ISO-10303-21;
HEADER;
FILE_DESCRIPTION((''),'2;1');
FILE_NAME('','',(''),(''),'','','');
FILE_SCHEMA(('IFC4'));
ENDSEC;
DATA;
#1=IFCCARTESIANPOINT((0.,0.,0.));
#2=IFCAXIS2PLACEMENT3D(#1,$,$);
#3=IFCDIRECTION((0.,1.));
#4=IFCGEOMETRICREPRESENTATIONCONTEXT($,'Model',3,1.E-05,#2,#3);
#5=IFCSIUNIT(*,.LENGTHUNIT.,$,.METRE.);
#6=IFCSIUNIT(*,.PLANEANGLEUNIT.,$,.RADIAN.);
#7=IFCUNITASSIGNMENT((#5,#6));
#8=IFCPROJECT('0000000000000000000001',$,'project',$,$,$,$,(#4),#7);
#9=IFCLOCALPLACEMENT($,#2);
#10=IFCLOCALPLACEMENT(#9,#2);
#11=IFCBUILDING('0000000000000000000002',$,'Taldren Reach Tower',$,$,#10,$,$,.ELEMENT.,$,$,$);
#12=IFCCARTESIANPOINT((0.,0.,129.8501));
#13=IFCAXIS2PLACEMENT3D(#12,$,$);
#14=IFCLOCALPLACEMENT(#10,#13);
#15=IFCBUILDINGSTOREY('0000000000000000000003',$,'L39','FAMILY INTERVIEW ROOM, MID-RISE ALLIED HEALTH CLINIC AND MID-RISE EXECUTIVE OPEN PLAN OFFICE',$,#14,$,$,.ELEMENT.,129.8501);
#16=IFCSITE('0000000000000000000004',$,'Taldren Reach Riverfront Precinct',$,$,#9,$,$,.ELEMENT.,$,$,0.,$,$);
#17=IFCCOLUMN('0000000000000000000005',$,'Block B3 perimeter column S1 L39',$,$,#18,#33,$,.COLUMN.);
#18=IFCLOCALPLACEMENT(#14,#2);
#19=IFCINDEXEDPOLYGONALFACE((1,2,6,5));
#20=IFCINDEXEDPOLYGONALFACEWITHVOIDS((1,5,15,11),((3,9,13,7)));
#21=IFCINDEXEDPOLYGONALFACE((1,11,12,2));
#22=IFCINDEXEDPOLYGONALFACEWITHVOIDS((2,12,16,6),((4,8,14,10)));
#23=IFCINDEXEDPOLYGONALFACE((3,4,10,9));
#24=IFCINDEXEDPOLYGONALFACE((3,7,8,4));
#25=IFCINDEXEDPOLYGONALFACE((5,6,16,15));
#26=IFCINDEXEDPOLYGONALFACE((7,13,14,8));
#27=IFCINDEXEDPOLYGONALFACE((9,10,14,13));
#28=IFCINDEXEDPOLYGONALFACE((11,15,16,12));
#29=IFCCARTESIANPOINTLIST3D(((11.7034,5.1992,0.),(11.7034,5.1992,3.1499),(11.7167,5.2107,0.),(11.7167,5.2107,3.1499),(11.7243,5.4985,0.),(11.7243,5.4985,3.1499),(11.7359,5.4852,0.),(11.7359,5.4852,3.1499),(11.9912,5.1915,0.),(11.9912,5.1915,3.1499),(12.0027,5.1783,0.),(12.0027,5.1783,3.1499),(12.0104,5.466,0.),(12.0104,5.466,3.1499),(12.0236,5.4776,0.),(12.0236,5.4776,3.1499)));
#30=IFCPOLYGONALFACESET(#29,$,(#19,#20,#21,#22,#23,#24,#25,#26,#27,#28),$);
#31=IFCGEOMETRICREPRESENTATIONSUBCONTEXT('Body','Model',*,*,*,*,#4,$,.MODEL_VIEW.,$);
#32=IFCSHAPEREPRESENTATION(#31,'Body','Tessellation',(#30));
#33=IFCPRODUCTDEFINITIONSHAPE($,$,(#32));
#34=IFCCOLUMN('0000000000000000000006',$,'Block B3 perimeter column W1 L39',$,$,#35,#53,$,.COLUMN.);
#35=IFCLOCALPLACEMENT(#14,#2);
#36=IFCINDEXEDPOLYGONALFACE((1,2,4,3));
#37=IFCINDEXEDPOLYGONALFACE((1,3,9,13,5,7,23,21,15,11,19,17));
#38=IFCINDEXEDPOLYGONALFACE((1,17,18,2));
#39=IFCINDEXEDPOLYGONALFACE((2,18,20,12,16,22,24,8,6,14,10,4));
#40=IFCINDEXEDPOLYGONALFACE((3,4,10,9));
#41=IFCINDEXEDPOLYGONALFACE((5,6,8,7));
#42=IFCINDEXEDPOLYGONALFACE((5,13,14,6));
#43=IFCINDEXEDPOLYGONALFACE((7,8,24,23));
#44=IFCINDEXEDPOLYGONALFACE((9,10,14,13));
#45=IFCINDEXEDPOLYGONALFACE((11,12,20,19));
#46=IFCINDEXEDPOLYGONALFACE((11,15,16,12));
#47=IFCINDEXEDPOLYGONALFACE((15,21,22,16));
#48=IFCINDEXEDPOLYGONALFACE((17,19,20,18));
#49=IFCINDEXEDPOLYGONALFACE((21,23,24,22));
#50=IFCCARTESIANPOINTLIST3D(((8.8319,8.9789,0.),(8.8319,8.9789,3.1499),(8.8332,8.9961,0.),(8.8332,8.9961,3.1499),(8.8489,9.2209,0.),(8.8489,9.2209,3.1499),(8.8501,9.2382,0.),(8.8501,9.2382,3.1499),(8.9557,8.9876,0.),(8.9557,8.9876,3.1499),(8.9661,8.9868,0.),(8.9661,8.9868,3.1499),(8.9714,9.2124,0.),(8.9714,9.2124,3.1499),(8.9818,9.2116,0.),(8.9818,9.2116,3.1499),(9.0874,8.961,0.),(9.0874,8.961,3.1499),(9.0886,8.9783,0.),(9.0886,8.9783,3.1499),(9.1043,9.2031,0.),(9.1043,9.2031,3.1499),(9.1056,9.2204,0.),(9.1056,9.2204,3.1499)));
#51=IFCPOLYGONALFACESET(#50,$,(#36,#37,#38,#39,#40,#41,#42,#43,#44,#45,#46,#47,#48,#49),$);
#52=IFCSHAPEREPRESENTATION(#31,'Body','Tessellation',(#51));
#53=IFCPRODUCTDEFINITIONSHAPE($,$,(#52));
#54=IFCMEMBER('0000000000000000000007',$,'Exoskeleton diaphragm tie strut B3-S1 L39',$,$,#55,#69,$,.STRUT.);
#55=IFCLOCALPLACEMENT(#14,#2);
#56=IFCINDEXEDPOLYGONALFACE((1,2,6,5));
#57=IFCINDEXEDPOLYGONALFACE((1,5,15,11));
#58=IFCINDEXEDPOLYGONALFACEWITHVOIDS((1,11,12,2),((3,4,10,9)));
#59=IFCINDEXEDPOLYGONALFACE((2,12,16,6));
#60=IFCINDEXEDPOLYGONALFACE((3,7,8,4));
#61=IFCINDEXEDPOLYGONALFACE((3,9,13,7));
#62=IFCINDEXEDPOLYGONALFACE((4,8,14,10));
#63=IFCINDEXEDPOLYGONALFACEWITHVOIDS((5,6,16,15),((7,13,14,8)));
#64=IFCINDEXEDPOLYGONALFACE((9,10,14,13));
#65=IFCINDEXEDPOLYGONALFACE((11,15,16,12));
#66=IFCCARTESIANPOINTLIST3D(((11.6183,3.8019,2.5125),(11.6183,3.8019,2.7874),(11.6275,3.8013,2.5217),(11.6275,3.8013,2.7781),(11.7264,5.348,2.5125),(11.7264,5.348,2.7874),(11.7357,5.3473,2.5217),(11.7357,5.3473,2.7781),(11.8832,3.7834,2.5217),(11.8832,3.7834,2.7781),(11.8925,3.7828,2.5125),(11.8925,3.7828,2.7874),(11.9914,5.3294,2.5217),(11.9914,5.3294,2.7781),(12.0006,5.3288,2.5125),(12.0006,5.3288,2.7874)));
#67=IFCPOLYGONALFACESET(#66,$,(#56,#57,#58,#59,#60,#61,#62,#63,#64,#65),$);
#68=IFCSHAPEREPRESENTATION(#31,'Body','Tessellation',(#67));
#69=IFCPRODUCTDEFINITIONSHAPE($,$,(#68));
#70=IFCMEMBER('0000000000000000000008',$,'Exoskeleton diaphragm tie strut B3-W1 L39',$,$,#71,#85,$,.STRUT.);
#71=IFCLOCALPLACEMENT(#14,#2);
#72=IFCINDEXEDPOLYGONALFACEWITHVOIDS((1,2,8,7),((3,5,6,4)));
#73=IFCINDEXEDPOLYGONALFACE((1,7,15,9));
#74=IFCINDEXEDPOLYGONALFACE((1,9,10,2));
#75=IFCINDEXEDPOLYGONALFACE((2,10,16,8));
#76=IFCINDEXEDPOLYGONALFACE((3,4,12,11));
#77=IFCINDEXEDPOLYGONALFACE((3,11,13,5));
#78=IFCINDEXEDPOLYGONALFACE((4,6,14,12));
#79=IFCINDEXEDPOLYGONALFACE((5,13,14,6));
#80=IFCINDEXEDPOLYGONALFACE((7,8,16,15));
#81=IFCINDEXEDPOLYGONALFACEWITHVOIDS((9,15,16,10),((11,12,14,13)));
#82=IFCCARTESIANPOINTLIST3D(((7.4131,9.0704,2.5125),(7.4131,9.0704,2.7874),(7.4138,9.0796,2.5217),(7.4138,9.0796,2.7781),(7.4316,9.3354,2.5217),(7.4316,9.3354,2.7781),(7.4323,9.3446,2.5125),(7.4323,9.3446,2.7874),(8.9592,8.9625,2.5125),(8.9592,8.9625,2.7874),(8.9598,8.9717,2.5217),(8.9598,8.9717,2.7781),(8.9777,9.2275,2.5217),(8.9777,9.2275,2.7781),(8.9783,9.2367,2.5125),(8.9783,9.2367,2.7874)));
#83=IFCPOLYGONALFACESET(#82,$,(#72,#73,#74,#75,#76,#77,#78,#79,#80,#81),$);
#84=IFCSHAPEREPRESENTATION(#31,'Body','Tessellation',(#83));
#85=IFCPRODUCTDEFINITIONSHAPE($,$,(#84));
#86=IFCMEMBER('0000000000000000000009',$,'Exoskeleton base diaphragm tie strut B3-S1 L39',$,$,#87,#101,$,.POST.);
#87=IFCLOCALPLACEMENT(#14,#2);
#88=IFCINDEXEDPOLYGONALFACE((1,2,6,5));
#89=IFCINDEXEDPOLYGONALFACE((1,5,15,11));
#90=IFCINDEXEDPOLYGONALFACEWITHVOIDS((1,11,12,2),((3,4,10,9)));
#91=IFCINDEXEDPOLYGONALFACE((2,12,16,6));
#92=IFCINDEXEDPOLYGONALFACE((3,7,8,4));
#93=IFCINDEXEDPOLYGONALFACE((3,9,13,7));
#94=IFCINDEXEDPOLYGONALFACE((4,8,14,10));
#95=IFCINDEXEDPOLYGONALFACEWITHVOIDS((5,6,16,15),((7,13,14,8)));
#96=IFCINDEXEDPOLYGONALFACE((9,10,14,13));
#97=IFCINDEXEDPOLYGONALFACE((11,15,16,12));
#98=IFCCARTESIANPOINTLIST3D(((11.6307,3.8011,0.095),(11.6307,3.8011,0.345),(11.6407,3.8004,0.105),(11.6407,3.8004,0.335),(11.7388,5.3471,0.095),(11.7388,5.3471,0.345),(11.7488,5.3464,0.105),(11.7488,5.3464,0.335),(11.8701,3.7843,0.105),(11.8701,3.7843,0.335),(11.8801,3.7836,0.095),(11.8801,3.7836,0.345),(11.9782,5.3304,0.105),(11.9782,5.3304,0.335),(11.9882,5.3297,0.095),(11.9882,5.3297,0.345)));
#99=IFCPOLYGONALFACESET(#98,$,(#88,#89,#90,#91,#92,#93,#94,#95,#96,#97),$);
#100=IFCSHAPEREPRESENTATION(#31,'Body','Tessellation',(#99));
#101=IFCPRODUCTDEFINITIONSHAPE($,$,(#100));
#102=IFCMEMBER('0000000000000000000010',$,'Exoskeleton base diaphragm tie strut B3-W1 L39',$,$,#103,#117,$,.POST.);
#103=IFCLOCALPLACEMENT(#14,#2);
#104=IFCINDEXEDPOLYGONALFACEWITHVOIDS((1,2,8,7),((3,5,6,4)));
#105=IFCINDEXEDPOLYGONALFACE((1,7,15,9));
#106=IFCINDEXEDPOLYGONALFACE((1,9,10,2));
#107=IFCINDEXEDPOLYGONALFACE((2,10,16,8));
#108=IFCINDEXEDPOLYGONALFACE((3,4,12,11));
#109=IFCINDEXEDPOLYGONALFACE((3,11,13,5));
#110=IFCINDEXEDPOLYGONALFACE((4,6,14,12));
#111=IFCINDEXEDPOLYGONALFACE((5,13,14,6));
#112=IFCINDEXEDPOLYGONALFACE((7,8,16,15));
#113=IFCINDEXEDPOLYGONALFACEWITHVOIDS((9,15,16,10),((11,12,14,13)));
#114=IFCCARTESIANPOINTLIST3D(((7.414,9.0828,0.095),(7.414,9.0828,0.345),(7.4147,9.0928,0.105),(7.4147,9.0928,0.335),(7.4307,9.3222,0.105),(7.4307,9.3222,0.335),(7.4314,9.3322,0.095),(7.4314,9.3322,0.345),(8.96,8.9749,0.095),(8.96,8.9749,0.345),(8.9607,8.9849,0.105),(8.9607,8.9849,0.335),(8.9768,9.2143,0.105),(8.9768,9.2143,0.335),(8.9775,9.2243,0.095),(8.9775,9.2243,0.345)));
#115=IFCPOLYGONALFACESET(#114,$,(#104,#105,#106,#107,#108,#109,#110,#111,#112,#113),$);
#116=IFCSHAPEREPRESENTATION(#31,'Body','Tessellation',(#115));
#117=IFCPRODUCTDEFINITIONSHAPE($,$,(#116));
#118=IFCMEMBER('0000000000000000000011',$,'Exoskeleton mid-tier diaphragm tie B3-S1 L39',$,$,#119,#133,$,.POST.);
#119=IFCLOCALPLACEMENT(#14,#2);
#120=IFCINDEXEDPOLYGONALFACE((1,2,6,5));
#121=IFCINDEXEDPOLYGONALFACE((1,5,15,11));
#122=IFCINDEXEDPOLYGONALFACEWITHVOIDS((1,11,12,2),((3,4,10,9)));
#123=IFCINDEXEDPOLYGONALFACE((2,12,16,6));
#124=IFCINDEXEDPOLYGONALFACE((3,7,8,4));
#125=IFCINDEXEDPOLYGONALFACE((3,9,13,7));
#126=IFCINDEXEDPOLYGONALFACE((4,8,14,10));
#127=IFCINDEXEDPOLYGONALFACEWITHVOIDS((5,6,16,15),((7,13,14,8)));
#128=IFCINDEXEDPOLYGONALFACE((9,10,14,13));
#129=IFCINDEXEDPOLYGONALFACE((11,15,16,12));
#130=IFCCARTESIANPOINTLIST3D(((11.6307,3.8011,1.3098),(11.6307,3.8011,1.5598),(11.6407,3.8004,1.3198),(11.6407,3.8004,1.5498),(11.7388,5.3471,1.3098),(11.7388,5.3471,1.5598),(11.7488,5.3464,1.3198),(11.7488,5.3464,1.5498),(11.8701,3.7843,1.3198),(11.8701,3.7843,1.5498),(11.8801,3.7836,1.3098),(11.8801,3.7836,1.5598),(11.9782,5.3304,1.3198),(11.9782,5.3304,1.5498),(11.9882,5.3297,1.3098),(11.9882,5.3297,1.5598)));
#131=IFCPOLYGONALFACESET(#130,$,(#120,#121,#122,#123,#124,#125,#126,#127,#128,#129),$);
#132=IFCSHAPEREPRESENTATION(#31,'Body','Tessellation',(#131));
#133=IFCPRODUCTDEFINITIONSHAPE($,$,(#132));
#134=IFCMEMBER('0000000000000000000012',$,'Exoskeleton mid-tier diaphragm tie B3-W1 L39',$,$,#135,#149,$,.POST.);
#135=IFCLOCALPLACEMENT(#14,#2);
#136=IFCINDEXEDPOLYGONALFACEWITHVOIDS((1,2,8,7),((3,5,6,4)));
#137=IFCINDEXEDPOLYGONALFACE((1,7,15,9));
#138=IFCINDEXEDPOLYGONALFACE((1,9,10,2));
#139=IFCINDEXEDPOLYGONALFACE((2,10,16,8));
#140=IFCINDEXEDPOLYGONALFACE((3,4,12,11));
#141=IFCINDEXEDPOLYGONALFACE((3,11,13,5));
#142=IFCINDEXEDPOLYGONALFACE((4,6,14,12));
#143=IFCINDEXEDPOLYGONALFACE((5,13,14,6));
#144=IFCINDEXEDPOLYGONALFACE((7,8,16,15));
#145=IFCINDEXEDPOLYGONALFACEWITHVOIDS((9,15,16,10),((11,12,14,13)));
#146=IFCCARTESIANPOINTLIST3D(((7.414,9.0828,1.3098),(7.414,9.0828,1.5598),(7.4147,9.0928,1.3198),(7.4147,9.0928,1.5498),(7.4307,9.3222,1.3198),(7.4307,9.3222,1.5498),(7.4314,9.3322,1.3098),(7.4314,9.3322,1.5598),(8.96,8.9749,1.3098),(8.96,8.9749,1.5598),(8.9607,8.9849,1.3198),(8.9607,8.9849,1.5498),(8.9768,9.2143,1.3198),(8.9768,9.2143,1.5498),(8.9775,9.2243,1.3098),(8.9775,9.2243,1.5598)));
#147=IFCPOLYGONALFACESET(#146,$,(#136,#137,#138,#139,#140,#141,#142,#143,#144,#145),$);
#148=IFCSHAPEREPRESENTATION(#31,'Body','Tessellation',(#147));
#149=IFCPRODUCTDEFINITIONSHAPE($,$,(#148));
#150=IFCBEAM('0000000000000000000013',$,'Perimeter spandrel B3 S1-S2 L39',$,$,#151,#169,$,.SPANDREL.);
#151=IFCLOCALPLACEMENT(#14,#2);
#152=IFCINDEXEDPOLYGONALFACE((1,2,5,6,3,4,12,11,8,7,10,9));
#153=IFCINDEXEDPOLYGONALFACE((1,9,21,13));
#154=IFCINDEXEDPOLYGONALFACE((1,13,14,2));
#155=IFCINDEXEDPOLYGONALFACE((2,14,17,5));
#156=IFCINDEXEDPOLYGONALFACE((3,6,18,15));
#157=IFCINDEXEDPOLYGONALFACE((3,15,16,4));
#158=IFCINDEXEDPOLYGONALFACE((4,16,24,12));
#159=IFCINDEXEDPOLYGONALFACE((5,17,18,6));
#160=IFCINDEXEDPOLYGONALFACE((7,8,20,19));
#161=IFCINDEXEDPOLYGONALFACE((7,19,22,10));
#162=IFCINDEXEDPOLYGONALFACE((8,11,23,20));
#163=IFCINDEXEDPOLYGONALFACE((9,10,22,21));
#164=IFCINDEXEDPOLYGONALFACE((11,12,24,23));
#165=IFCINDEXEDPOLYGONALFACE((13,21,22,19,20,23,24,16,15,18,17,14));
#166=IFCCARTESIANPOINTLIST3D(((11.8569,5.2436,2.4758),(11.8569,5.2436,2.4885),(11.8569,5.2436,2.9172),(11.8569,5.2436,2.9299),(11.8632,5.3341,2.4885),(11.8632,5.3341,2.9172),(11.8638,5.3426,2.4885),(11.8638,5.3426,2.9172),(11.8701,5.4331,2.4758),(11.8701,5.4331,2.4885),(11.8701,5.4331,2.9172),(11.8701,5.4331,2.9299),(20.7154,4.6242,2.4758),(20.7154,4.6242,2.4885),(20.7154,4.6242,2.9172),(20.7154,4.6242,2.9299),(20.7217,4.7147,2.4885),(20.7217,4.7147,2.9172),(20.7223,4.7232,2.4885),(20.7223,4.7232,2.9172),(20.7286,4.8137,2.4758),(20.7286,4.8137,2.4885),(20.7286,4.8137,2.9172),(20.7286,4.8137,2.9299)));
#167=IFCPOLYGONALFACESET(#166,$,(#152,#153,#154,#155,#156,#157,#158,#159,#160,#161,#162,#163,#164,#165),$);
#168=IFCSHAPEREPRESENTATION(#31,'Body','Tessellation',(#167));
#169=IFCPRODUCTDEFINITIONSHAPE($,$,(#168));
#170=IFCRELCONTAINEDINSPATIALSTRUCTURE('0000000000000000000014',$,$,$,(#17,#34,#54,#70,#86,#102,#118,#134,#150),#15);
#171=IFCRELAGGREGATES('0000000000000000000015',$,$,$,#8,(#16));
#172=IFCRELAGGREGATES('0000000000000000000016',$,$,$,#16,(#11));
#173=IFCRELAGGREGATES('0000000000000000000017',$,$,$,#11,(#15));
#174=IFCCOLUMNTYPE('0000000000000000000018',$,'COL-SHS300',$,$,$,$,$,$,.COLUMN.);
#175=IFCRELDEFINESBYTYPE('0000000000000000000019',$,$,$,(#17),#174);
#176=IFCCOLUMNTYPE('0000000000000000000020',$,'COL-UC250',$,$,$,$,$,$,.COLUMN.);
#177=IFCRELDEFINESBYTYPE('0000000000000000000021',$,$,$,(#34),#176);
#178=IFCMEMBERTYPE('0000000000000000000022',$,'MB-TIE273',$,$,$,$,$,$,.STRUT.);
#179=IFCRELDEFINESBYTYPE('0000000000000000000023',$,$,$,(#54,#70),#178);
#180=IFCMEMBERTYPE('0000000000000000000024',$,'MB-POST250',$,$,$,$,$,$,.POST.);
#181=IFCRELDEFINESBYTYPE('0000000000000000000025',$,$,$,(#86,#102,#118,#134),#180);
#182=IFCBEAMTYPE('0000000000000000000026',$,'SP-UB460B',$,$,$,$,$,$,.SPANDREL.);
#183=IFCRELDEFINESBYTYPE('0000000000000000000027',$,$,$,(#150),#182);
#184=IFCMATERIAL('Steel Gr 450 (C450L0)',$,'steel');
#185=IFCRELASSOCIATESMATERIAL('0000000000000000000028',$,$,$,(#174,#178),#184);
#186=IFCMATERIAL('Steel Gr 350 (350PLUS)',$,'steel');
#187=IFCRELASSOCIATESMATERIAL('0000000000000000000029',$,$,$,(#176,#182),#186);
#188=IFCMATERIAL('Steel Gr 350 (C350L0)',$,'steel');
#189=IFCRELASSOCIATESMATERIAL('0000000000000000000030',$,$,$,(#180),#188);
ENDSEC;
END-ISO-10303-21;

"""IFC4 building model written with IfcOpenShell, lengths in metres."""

from ifc_helpers import new_model, si_unit, direction, frame, origin, origin_2d, place, context, subcontext, project, spatial, hollow_rectangle, i_section, extrude, source, transform, mapped, material, material_profile, profile_set, type_object, element, save


model = new_model("IFC4")

# Units and contexts
model_context = context("Model", 3, precision=1e-05, world=origin(), true_north=direction((0.0, 1.0)))
body_context = subcontext(model_context, "Body", "Model", "MODEL_VIEW")
ifc_project = project(units=[si_unit("LENGTHUNIT", "METRE"), si_unit("PLANEANGLEUNIT", "RADIAN")], contexts=[model_context])

# Site, building, storey
site_placement = place(None, origin())
site = spatial("IfcSite", under=ifc_project, at=site_placement, Name="Taldren Reach Riverfront Precinct", CompositionType="ELEMENT", RefElevation=0.0)
building_placement = place(site_placement, origin())
building = spatial("IfcBuilding", under=site, at=building_placement, Name="Taldren Reach Tower", CompositionType="ELEMENT")
storey_placement = place(building_placement, frame((0.0, 0.0, 129.8501)))
storey = spatial("IfcBuildingStorey", under=building, at=storey_placement, Name="L39", Description="FAMILY INTERVIEW ROOM, MID-RISE ALLIED HEALTH CLINIC AND MID-RISE EXECUTIVE OPEN PLAN OFFICE", CompositionType="ELEMENT", Elevation=129.8501)

# Columns
ifc_material_1 = material(Name="Steel Gr 450 (C450L0)", Category="steel")
ifc_material_profile_1 = material_profile(ifc_material_1, hollow_rectangle(XDim=0.3, YDim=0.3, WallThickness=0.0125, at=origin_2d()), Name="300x300x12.5SHS")
ifc_profile_set_1 = profile_set([ifc_material_profile_1], Name="Steel Gr 450 (C450L0)")
column_type_1 = type_object("IfcColumnType", Name="COL-SHS300", PredefinedType="COLUMN", material=ifc_profile_set_1)
shared_shape_1 = source(origin(), body_context, "Body", "SweptSolid", [
    extrude(hollow_rectangle(XDim=0.3, YDim=0.3, WallThickness=0.0125, at=origin_2d()), origin(), (0.0, 0.0, 1.0), 3.1499),
])
column_1_placement = place(storey_placement, frame((11.8635, 5.3384, 0.0), z_axis=(0.0, 0.0, 1.0), x_axis=(0.997564, -0.069756, 0.0)))
element("IfcColumn", 1, at=column_1_placement, inside=storey, type_object=column_type_1, Name="Block B3 perimeter column S1 L39", PredefinedType="COLUMN", context=body_context, shape_type="MappedRepresentation", body=[
    mapped(shared_shape_1, transform((0.0, 0.0, 0.0), scale=1.0)),
])
ifc_material_2 = material(Name="Steel Gr 350 (350PLUS)", Category="steel")
ifc_material_profile_2 = material_profile(ifc_material_2, i_section(OverallWidth=0.2561, OverallDepth=0.26, WebThickness=0.0105, FlangeThickness=0.0173, at=origin_2d()), Name="250UC89.5")
ifc_profile_set_2 = profile_set([ifc_material_profile_2], Name="Steel Gr 350 (350PLUS)")
column_type_2 = type_object("IfcColumnType", Name="COL-UC250", PredefinedType="COLUMN", material=ifc_profile_set_2)
shared_shape_2 = source(origin(), body_context, "Body", "SweptSolid", [
    extrude(i_section(OverallWidth=0.2561, OverallDepth=0.26, WebThickness=0.0105, FlangeThickness=0.0173, at=origin_2d()), origin(), (0.0, 0.0, 1.0), 3.1499),
])
column_2_placement = place(storey_placement, frame((8.9688, 9.0996, 0.0), z_axis=(0.0, 0.0, 1.0), x_axis=(0.997564, -0.069756, 0.0)))
element("IfcColumn", 2, at=column_2_placement, inside=storey, type_object=column_type_2, Name="Block B3 perimeter column W1 L39", PredefinedType="COLUMN", context=body_context, shape_type="MappedRepresentation", body=[
    mapped(shared_shape_2, transform((0.0, 0.0, 0.0), scale=1.0)),
])

# Members
ifc_material_profile_3 = material_profile(ifc_material_1, hollow_rectangle(XDim=0.2749, YDim=0.2749, WallThickness=0.0093, at=origin_2d()), Name="275x275x9.3SHS")
ifc_profile_set_3 = profile_set([ifc_material_profile_3], Name="Steel Gr 450 (C450L0)")
member_type_1 = type_object("IfcMemberType", Name="MB-TIE273", PredefinedType="STRUT", material=ifc_profile_set_3)
shared_shape_3 = source(origin(), body_context, "Body", "SweptSolid", [
    extrude(hollow_rectangle(XDim=0.2749, YDim=0.2749, WallThickness=0.0093, at=origin_2d()), origin(), (0.0, 0.0, 1.0), 1.5498),
])
for number, where, z_axis, x_axis, name in (
    (3, (11.8635, 5.3384, 2.6499), (-0.069781, -0.997562, 0.0), (0.997562, -0.069781, 0.0), "Exoskeleton diaphragm tie strut B3-S1 L39"),
    (4, (8.9688, 9.0996, 2.6499), (-0.997573, 0.069624, 0.0), (-0.069624, -0.997573, 0.0), "Exoskeleton diaphragm tie strut B3-W1 L39"),
):
    element("IfcMember", number, at=place(storey_placement, frame(where, z_axis=z_axis, x_axis=x_axis)), inside=storey, type_object=member_type_1, Name=name, PredefinedType="STRUT", context=body_context, shape_type="MappedRepresentation", body=[
        mapped(shared_shape_3, transform((0.0, 0.0, 0.0), scale=1.0)),
    ])
ifc_material_3 = material(Name="Steel Gr 350 (C350L0)", Category="steel")
ifc_material_profile_4 = material_profile(ifc_material_3, hollow_rectangle(XDim=0.25, YDim=0.25, WallThickness=0.01, at=origin_2d()), Name="250x250x10.0SHS")
ifc_profile_set_4 = profile_set([ifc_material_profile_4], Name="Steel Gr 350 (C350L0)")
member_type_2 = type_object("IfcMemberType", Name="MB-POST250", PredefinedType="POST", material=ifc_profile_set_4)
shared_shape_4 = source(origin(), body_context, "Body", "SweptSolid", [
    extrude(hollow_rectangle(XDim=0.25, YDim=0.25, WallThickness=0.01, at=origin_2d()), origin(), (0.0, 0.0, 1.0), 1.5498),
])
for number, where, z_axis, x_axis, name in (
    (5, (11.8635, 5.3384, 0.22), (-0.069781, -0.997562, 0.0), (0.997562, -0.069781, 0.0), "Exoskeleton base diaphragm tie strut B3-S1 L39"),
    (6, (8.9688, 9.0996, 0.22), (-0.997573, 0.069624, 0.0), (-0.069624, -0.997573, 0.0), "Exoskeleton base diaphragm tie strut B3-W1 L39"),
    (7, (11.8635, 5.3384, 1.4348), (-0.069781, -0.997562, 0.0), (0.997562, -0.069781, 0.0), "Exoskeleton mid-tier diaphragm tie B3-S1 L39"),
    (8, (8.9688, 9.0996, 1.4348), (-0.997573, 0.069624, 0.0), (-0.069624, -0.997573, 0.0), "Exoskeleton mid-tier diaphragm tie B3-W1 L39"),
):
    element("IfcMember", number, at=place(storey_placement, frame(where, z_axis=z_axis, x_axis=x_axis)), inside=storey, type_object=member_type_2, Name=name, PredefinedType="POST", context=body_context, shape_type="MappedRepresentation", body=[
        mapped(shared_shape_4, transform((0.0, 0.0, 0.0), scale=1.0)),
    ])

# Beam
ifc_material_profile_5 = material_profile(ifc_material_2, i_section(OverallWidth=0.1899, OverallDepth=0.4541, WebThickness=0.0085, FlangeThickness=0.0127, at=origin_2d()), Name="460UB67.1")
ifc_profile_set_5 = profile_set([ifc_material_profile_5], Name="Steel Gr 350 (350PLUS)")
beam_type_1 = type_object("IfcBeamType", Name="SP-UB460B", PredefinedType="SPANDREL", material=ifc_profile_set_5)
shared_shape_5 = source(origin(), body_context, "Body", "SweptSolid", [
    extrude(i_section(OverallWidth=0.1899, OverallDepth=0.4541, WebThickness=0.0085, FlangeThickness=0.0127, at=origin_2d()), origin(), (0.0, 0.0, 1.0), 8.8801),
])
beam_1_placement = place(storey_placement, frame((11.8635, 5.3384, 2.7029), z_axis=(0.997564, -0.06975, 0.0), x_axis=(0.06975, 0.997564, 0.0)))
element("IfcBeam", 9, at=beam_1_placement, inside=storey, type_object=beam_type_1, Name="Perimeter spandrel B3 S1-S2 L39", PredefinedType="SPANDREL", context=body_context, shape_type="MappedRepresentation", body=[
    mapped(shared_shape_5, transform((0.0, 0.0, 0.0), scale=1.0)),
])

save(model, "model.ifc")
